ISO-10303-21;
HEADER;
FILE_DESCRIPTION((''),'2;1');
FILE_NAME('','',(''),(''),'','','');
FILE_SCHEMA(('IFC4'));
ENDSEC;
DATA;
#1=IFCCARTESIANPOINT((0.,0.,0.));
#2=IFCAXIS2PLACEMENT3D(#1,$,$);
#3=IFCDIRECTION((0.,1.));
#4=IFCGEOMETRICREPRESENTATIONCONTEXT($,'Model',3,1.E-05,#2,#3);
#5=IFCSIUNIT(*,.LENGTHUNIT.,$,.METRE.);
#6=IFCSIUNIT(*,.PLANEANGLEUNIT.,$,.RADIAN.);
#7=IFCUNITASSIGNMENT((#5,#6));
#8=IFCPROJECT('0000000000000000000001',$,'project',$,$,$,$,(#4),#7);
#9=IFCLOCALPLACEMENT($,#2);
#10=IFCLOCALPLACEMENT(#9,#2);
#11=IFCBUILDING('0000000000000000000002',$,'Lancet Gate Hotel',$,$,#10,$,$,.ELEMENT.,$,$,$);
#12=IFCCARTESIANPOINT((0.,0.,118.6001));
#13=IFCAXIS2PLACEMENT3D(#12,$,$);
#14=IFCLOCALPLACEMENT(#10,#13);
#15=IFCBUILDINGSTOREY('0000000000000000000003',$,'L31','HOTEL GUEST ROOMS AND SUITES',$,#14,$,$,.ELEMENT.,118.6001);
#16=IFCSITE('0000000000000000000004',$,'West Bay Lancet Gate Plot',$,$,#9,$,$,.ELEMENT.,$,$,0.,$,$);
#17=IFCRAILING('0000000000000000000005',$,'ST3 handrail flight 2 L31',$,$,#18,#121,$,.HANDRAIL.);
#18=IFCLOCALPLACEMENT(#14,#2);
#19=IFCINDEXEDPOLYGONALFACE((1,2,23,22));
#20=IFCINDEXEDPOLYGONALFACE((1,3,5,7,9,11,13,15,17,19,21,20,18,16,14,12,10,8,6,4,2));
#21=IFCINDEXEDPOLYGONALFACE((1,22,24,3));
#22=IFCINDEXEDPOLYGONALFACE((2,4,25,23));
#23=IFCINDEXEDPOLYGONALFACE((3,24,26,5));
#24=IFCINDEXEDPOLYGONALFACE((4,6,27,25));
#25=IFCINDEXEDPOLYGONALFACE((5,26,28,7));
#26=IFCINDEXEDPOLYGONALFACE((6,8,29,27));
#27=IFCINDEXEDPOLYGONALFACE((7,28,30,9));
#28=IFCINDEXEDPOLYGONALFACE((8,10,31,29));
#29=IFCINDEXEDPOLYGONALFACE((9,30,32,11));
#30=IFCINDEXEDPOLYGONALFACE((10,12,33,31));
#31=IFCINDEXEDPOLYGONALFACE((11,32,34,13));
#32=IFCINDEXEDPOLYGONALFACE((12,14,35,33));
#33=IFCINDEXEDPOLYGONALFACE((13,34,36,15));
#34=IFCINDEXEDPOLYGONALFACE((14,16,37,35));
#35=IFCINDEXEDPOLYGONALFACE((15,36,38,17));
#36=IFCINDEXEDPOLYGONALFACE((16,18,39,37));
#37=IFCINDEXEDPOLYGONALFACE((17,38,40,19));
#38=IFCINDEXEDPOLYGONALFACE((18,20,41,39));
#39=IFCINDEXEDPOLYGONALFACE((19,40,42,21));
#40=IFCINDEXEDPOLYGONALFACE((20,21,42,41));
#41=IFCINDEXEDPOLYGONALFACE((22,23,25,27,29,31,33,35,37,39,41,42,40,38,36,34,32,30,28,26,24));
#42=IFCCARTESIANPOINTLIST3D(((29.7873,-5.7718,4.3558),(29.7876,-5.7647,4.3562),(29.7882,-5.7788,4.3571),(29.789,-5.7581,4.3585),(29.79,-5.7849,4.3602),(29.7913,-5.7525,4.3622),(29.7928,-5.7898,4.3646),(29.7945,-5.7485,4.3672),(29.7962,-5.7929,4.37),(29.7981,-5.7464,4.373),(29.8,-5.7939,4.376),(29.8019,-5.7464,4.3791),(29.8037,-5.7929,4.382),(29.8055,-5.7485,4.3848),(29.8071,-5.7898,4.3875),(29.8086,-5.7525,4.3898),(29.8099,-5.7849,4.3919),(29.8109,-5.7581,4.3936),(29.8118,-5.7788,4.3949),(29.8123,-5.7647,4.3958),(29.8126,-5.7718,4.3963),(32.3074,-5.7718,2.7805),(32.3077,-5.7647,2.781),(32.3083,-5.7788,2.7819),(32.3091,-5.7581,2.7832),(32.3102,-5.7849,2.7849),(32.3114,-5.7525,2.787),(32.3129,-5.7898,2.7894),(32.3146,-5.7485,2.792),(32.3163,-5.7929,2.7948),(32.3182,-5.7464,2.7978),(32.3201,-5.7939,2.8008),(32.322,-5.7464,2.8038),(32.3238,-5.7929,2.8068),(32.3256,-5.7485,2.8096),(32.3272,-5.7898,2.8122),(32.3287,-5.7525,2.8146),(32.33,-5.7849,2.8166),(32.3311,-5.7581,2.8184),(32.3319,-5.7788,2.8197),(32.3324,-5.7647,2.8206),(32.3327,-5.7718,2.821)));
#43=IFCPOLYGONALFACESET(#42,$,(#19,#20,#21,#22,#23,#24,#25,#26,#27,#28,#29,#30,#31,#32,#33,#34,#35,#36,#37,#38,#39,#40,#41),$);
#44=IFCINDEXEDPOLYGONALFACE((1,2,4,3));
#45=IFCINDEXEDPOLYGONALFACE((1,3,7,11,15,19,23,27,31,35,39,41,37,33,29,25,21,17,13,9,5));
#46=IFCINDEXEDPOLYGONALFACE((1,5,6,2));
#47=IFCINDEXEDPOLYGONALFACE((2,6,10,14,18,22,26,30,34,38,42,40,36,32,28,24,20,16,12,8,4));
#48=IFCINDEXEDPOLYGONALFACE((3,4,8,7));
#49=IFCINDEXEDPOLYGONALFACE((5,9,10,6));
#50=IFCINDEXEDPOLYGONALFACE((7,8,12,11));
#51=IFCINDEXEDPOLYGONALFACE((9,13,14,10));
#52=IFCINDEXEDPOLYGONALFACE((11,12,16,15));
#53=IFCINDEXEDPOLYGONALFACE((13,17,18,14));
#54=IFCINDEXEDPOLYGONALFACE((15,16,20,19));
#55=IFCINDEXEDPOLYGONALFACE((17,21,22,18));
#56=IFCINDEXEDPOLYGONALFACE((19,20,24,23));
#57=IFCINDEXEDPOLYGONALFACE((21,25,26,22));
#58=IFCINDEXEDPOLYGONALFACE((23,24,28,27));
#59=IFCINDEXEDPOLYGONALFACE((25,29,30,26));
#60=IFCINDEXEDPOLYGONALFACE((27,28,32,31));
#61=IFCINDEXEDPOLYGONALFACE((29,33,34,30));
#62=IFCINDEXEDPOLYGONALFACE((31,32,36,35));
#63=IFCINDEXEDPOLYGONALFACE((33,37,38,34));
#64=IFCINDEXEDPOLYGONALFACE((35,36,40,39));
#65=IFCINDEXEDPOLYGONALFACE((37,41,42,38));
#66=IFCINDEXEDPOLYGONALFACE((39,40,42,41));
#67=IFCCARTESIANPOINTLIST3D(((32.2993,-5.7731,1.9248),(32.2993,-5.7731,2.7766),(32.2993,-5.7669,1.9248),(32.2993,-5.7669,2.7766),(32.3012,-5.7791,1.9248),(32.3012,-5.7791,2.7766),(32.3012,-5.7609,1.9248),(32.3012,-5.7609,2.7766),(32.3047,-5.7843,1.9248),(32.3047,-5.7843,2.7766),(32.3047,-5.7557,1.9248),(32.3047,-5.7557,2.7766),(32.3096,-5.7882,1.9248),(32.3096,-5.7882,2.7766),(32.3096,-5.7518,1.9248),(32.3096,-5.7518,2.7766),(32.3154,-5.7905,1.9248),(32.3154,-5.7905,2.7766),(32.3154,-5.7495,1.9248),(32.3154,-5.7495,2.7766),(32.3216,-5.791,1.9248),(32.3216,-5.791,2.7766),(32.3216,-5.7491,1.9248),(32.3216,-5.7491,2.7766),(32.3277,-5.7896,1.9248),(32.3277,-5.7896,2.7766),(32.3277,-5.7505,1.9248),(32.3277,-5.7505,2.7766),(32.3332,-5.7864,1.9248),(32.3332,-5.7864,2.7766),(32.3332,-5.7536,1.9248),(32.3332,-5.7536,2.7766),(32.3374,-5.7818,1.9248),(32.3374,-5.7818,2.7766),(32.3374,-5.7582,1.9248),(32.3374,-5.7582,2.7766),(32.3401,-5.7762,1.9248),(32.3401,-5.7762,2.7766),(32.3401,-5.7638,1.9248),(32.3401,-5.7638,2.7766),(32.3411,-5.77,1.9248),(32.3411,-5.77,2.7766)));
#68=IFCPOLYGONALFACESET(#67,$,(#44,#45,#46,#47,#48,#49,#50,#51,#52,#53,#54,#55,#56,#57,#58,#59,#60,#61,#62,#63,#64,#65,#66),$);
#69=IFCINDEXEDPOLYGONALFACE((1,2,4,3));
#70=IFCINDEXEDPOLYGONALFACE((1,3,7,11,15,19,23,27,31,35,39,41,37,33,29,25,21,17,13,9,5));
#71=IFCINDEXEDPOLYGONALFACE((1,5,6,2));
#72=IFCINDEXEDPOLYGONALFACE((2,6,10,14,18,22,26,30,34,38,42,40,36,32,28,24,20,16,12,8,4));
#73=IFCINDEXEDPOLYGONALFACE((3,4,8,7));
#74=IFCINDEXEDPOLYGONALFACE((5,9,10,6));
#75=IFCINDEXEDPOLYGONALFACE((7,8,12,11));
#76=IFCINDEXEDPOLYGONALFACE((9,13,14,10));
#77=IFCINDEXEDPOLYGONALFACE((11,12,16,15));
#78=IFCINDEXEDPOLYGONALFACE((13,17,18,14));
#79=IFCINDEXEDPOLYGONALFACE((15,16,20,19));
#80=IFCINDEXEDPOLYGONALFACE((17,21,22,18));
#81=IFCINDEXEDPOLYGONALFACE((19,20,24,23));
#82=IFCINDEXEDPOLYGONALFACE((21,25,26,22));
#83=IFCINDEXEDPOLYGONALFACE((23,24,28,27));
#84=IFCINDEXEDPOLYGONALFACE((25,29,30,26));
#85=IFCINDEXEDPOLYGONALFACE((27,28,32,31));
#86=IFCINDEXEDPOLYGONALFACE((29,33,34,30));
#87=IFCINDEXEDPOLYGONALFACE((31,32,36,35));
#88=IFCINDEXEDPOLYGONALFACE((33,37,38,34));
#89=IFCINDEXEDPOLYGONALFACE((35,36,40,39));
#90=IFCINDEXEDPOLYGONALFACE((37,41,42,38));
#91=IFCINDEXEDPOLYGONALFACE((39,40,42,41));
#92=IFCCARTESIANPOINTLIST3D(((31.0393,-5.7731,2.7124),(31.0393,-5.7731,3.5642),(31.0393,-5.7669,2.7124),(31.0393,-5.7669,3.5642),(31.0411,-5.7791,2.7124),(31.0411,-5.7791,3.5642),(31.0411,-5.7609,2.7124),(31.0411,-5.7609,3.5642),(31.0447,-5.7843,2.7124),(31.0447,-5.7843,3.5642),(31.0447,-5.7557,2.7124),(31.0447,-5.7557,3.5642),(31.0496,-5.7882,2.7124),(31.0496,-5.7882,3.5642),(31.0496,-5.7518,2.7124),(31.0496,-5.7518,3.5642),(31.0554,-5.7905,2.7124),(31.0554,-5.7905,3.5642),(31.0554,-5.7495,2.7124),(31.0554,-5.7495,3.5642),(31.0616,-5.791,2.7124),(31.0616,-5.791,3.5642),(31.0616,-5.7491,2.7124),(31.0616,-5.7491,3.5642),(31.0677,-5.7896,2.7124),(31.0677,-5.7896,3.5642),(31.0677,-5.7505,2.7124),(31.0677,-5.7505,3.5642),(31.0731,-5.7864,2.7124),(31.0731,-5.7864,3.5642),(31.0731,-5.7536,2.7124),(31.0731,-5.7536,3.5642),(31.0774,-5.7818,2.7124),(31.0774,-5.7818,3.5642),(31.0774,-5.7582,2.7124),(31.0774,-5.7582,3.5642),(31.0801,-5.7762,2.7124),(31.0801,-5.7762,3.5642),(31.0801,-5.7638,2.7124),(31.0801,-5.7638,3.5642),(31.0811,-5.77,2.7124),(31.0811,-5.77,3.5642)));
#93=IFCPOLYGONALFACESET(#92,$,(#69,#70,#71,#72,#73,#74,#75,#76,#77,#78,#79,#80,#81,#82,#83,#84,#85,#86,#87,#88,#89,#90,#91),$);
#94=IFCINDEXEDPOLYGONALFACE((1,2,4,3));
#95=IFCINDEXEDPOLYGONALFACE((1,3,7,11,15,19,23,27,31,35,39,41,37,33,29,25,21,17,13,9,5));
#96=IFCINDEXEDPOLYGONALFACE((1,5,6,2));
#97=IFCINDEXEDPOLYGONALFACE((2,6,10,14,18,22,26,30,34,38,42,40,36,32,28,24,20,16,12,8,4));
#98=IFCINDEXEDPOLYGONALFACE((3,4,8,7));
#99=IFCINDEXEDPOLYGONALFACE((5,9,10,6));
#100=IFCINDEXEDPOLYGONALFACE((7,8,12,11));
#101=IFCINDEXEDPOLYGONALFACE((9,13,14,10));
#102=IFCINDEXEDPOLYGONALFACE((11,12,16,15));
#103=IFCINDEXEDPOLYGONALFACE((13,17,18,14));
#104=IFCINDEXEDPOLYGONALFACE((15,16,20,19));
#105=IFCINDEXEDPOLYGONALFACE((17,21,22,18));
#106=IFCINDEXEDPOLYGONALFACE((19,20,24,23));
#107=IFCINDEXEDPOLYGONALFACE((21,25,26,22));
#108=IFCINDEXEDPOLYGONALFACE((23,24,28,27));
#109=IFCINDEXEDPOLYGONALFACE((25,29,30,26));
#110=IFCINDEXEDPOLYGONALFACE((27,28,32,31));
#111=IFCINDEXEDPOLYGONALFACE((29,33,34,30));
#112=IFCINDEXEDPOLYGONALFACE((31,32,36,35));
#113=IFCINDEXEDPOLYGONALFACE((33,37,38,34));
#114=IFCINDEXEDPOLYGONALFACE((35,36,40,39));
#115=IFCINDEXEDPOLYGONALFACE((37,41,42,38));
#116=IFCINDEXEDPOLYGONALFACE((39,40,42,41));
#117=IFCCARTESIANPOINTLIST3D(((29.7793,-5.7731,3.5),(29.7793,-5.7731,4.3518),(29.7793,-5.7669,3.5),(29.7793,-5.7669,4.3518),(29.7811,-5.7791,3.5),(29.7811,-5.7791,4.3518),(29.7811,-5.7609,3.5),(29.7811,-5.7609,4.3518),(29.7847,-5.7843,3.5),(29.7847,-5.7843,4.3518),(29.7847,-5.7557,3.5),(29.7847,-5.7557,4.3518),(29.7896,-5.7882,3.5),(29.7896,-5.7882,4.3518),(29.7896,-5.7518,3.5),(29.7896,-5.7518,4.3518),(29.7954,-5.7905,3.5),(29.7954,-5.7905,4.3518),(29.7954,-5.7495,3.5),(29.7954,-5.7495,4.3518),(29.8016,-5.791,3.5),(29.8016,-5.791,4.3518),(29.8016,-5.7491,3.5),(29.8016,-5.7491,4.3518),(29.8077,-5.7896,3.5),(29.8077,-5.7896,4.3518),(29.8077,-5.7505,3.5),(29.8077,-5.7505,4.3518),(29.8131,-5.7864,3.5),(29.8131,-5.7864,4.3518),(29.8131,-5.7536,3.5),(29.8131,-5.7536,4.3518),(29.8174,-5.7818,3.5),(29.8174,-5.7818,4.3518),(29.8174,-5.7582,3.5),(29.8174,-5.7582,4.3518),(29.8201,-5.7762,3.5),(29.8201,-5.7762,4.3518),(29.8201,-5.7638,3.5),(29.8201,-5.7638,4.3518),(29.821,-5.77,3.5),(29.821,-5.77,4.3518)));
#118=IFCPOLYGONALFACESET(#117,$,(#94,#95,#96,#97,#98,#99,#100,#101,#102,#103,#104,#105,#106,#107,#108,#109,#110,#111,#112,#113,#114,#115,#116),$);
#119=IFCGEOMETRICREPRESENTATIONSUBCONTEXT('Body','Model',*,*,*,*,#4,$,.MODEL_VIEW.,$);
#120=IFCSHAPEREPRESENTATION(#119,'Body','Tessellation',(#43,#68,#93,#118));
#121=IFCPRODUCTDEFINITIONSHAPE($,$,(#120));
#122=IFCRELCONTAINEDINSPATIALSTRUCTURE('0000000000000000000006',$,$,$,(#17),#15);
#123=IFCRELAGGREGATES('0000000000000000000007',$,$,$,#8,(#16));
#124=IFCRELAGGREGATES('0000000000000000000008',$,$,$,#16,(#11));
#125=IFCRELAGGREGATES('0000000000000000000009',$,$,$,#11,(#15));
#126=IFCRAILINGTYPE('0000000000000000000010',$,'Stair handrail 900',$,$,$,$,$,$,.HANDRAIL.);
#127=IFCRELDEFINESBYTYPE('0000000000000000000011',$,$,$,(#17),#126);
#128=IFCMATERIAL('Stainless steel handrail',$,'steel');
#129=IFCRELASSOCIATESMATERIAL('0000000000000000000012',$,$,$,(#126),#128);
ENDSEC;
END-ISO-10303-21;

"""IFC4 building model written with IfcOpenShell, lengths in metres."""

from ifc_helpers import new_model, si_unit, direction, frame, origin, origin_2d, place, context, subcontext, project, spatial, circle, extrude, material, type_object, element, save


model = new_model("IFC4")

# Units and contexts
model_context = context("Model", 3, precision=1e-05, world=origin(), true_north=direction((0.0, 1.0)))
body_context = subcontext(model_context, "Body", "Model", "MODEL_VIEW")
ifc_project = project(units=[si_unit("LENGTHUNIT", "METRE"), si_unit("PLANEANGLEUNIT", "RADIAN")], contexts=[model_context])

# Site, building, storey
site_placement = place(None, origin())
site = spatial("IfcSite", under=ifc_project, at=site_placement, Name="West Bay Lancet Gate Plot", CompositionType="ELEMENT", RefElevation=0.0)
building_placement = place(site_placement, origin())
building = spatial("IfcBuilding", under=site, at=building_placement, Name="Lancet Gate Hotel", CompositionType="ELEMENT")
storey_placement = place(building_placement, frame((0.0, 0.0, 118.6001)))
storey = spatial("IfcBuildingStorey", under=building, at=storey_placement, Name="L31", Description="HOTEL GUEST ROOMS AND SUITES", CompositionType="ELEMENT", Elevation=118.6001)

# Railing
ifc_material_1 = material(Name="Stainless steel handrail", Category="steel")
railing_type = type_object("IfcRailingType", Name="Stair handrail 900", PredefinedType="HANDRAIL", material=ifc_material_1)
railing_1_placement = place(storey_placement, frame((32.3201, -5.77, 1.9248)))
element("IfcRailing", 1, at=railing_1_placement, inside=storey, type_object=railing_type, Name="ST3 handrail flight 2 L31", PredefinedType="HANDRAIL", context=body_context, shape_type="SweptSolid", body=[
    extrude(circle(Radius=0.0239, at=origin_2d()), frame((0.0, 0.0, 0.876), z_axis=(-0.847971, 0.0, 0.530043), x_axis=(0.0, -1.0, 0.0)), (0.0, 0.0, 1.0), 2.9719),
    extrude(circle(Radius=0.021, at=origin_2d()), origin(), (0.0, 0.0, 1.0), 0.8518),
    extrude(circle(Radius=0.021, at=origin_2d()), frame((-1.26, 0.0, 0.7876)), (0.0, 0.0, 1.0), 0.8518),
    extrude(circle(Radius=0.021, at=origin_2d()), frame((-2.52, 0.0, 1.5752)), (0.0, 0.0, 1.0), 0.8518),
])

save(model, "model.ifc")
